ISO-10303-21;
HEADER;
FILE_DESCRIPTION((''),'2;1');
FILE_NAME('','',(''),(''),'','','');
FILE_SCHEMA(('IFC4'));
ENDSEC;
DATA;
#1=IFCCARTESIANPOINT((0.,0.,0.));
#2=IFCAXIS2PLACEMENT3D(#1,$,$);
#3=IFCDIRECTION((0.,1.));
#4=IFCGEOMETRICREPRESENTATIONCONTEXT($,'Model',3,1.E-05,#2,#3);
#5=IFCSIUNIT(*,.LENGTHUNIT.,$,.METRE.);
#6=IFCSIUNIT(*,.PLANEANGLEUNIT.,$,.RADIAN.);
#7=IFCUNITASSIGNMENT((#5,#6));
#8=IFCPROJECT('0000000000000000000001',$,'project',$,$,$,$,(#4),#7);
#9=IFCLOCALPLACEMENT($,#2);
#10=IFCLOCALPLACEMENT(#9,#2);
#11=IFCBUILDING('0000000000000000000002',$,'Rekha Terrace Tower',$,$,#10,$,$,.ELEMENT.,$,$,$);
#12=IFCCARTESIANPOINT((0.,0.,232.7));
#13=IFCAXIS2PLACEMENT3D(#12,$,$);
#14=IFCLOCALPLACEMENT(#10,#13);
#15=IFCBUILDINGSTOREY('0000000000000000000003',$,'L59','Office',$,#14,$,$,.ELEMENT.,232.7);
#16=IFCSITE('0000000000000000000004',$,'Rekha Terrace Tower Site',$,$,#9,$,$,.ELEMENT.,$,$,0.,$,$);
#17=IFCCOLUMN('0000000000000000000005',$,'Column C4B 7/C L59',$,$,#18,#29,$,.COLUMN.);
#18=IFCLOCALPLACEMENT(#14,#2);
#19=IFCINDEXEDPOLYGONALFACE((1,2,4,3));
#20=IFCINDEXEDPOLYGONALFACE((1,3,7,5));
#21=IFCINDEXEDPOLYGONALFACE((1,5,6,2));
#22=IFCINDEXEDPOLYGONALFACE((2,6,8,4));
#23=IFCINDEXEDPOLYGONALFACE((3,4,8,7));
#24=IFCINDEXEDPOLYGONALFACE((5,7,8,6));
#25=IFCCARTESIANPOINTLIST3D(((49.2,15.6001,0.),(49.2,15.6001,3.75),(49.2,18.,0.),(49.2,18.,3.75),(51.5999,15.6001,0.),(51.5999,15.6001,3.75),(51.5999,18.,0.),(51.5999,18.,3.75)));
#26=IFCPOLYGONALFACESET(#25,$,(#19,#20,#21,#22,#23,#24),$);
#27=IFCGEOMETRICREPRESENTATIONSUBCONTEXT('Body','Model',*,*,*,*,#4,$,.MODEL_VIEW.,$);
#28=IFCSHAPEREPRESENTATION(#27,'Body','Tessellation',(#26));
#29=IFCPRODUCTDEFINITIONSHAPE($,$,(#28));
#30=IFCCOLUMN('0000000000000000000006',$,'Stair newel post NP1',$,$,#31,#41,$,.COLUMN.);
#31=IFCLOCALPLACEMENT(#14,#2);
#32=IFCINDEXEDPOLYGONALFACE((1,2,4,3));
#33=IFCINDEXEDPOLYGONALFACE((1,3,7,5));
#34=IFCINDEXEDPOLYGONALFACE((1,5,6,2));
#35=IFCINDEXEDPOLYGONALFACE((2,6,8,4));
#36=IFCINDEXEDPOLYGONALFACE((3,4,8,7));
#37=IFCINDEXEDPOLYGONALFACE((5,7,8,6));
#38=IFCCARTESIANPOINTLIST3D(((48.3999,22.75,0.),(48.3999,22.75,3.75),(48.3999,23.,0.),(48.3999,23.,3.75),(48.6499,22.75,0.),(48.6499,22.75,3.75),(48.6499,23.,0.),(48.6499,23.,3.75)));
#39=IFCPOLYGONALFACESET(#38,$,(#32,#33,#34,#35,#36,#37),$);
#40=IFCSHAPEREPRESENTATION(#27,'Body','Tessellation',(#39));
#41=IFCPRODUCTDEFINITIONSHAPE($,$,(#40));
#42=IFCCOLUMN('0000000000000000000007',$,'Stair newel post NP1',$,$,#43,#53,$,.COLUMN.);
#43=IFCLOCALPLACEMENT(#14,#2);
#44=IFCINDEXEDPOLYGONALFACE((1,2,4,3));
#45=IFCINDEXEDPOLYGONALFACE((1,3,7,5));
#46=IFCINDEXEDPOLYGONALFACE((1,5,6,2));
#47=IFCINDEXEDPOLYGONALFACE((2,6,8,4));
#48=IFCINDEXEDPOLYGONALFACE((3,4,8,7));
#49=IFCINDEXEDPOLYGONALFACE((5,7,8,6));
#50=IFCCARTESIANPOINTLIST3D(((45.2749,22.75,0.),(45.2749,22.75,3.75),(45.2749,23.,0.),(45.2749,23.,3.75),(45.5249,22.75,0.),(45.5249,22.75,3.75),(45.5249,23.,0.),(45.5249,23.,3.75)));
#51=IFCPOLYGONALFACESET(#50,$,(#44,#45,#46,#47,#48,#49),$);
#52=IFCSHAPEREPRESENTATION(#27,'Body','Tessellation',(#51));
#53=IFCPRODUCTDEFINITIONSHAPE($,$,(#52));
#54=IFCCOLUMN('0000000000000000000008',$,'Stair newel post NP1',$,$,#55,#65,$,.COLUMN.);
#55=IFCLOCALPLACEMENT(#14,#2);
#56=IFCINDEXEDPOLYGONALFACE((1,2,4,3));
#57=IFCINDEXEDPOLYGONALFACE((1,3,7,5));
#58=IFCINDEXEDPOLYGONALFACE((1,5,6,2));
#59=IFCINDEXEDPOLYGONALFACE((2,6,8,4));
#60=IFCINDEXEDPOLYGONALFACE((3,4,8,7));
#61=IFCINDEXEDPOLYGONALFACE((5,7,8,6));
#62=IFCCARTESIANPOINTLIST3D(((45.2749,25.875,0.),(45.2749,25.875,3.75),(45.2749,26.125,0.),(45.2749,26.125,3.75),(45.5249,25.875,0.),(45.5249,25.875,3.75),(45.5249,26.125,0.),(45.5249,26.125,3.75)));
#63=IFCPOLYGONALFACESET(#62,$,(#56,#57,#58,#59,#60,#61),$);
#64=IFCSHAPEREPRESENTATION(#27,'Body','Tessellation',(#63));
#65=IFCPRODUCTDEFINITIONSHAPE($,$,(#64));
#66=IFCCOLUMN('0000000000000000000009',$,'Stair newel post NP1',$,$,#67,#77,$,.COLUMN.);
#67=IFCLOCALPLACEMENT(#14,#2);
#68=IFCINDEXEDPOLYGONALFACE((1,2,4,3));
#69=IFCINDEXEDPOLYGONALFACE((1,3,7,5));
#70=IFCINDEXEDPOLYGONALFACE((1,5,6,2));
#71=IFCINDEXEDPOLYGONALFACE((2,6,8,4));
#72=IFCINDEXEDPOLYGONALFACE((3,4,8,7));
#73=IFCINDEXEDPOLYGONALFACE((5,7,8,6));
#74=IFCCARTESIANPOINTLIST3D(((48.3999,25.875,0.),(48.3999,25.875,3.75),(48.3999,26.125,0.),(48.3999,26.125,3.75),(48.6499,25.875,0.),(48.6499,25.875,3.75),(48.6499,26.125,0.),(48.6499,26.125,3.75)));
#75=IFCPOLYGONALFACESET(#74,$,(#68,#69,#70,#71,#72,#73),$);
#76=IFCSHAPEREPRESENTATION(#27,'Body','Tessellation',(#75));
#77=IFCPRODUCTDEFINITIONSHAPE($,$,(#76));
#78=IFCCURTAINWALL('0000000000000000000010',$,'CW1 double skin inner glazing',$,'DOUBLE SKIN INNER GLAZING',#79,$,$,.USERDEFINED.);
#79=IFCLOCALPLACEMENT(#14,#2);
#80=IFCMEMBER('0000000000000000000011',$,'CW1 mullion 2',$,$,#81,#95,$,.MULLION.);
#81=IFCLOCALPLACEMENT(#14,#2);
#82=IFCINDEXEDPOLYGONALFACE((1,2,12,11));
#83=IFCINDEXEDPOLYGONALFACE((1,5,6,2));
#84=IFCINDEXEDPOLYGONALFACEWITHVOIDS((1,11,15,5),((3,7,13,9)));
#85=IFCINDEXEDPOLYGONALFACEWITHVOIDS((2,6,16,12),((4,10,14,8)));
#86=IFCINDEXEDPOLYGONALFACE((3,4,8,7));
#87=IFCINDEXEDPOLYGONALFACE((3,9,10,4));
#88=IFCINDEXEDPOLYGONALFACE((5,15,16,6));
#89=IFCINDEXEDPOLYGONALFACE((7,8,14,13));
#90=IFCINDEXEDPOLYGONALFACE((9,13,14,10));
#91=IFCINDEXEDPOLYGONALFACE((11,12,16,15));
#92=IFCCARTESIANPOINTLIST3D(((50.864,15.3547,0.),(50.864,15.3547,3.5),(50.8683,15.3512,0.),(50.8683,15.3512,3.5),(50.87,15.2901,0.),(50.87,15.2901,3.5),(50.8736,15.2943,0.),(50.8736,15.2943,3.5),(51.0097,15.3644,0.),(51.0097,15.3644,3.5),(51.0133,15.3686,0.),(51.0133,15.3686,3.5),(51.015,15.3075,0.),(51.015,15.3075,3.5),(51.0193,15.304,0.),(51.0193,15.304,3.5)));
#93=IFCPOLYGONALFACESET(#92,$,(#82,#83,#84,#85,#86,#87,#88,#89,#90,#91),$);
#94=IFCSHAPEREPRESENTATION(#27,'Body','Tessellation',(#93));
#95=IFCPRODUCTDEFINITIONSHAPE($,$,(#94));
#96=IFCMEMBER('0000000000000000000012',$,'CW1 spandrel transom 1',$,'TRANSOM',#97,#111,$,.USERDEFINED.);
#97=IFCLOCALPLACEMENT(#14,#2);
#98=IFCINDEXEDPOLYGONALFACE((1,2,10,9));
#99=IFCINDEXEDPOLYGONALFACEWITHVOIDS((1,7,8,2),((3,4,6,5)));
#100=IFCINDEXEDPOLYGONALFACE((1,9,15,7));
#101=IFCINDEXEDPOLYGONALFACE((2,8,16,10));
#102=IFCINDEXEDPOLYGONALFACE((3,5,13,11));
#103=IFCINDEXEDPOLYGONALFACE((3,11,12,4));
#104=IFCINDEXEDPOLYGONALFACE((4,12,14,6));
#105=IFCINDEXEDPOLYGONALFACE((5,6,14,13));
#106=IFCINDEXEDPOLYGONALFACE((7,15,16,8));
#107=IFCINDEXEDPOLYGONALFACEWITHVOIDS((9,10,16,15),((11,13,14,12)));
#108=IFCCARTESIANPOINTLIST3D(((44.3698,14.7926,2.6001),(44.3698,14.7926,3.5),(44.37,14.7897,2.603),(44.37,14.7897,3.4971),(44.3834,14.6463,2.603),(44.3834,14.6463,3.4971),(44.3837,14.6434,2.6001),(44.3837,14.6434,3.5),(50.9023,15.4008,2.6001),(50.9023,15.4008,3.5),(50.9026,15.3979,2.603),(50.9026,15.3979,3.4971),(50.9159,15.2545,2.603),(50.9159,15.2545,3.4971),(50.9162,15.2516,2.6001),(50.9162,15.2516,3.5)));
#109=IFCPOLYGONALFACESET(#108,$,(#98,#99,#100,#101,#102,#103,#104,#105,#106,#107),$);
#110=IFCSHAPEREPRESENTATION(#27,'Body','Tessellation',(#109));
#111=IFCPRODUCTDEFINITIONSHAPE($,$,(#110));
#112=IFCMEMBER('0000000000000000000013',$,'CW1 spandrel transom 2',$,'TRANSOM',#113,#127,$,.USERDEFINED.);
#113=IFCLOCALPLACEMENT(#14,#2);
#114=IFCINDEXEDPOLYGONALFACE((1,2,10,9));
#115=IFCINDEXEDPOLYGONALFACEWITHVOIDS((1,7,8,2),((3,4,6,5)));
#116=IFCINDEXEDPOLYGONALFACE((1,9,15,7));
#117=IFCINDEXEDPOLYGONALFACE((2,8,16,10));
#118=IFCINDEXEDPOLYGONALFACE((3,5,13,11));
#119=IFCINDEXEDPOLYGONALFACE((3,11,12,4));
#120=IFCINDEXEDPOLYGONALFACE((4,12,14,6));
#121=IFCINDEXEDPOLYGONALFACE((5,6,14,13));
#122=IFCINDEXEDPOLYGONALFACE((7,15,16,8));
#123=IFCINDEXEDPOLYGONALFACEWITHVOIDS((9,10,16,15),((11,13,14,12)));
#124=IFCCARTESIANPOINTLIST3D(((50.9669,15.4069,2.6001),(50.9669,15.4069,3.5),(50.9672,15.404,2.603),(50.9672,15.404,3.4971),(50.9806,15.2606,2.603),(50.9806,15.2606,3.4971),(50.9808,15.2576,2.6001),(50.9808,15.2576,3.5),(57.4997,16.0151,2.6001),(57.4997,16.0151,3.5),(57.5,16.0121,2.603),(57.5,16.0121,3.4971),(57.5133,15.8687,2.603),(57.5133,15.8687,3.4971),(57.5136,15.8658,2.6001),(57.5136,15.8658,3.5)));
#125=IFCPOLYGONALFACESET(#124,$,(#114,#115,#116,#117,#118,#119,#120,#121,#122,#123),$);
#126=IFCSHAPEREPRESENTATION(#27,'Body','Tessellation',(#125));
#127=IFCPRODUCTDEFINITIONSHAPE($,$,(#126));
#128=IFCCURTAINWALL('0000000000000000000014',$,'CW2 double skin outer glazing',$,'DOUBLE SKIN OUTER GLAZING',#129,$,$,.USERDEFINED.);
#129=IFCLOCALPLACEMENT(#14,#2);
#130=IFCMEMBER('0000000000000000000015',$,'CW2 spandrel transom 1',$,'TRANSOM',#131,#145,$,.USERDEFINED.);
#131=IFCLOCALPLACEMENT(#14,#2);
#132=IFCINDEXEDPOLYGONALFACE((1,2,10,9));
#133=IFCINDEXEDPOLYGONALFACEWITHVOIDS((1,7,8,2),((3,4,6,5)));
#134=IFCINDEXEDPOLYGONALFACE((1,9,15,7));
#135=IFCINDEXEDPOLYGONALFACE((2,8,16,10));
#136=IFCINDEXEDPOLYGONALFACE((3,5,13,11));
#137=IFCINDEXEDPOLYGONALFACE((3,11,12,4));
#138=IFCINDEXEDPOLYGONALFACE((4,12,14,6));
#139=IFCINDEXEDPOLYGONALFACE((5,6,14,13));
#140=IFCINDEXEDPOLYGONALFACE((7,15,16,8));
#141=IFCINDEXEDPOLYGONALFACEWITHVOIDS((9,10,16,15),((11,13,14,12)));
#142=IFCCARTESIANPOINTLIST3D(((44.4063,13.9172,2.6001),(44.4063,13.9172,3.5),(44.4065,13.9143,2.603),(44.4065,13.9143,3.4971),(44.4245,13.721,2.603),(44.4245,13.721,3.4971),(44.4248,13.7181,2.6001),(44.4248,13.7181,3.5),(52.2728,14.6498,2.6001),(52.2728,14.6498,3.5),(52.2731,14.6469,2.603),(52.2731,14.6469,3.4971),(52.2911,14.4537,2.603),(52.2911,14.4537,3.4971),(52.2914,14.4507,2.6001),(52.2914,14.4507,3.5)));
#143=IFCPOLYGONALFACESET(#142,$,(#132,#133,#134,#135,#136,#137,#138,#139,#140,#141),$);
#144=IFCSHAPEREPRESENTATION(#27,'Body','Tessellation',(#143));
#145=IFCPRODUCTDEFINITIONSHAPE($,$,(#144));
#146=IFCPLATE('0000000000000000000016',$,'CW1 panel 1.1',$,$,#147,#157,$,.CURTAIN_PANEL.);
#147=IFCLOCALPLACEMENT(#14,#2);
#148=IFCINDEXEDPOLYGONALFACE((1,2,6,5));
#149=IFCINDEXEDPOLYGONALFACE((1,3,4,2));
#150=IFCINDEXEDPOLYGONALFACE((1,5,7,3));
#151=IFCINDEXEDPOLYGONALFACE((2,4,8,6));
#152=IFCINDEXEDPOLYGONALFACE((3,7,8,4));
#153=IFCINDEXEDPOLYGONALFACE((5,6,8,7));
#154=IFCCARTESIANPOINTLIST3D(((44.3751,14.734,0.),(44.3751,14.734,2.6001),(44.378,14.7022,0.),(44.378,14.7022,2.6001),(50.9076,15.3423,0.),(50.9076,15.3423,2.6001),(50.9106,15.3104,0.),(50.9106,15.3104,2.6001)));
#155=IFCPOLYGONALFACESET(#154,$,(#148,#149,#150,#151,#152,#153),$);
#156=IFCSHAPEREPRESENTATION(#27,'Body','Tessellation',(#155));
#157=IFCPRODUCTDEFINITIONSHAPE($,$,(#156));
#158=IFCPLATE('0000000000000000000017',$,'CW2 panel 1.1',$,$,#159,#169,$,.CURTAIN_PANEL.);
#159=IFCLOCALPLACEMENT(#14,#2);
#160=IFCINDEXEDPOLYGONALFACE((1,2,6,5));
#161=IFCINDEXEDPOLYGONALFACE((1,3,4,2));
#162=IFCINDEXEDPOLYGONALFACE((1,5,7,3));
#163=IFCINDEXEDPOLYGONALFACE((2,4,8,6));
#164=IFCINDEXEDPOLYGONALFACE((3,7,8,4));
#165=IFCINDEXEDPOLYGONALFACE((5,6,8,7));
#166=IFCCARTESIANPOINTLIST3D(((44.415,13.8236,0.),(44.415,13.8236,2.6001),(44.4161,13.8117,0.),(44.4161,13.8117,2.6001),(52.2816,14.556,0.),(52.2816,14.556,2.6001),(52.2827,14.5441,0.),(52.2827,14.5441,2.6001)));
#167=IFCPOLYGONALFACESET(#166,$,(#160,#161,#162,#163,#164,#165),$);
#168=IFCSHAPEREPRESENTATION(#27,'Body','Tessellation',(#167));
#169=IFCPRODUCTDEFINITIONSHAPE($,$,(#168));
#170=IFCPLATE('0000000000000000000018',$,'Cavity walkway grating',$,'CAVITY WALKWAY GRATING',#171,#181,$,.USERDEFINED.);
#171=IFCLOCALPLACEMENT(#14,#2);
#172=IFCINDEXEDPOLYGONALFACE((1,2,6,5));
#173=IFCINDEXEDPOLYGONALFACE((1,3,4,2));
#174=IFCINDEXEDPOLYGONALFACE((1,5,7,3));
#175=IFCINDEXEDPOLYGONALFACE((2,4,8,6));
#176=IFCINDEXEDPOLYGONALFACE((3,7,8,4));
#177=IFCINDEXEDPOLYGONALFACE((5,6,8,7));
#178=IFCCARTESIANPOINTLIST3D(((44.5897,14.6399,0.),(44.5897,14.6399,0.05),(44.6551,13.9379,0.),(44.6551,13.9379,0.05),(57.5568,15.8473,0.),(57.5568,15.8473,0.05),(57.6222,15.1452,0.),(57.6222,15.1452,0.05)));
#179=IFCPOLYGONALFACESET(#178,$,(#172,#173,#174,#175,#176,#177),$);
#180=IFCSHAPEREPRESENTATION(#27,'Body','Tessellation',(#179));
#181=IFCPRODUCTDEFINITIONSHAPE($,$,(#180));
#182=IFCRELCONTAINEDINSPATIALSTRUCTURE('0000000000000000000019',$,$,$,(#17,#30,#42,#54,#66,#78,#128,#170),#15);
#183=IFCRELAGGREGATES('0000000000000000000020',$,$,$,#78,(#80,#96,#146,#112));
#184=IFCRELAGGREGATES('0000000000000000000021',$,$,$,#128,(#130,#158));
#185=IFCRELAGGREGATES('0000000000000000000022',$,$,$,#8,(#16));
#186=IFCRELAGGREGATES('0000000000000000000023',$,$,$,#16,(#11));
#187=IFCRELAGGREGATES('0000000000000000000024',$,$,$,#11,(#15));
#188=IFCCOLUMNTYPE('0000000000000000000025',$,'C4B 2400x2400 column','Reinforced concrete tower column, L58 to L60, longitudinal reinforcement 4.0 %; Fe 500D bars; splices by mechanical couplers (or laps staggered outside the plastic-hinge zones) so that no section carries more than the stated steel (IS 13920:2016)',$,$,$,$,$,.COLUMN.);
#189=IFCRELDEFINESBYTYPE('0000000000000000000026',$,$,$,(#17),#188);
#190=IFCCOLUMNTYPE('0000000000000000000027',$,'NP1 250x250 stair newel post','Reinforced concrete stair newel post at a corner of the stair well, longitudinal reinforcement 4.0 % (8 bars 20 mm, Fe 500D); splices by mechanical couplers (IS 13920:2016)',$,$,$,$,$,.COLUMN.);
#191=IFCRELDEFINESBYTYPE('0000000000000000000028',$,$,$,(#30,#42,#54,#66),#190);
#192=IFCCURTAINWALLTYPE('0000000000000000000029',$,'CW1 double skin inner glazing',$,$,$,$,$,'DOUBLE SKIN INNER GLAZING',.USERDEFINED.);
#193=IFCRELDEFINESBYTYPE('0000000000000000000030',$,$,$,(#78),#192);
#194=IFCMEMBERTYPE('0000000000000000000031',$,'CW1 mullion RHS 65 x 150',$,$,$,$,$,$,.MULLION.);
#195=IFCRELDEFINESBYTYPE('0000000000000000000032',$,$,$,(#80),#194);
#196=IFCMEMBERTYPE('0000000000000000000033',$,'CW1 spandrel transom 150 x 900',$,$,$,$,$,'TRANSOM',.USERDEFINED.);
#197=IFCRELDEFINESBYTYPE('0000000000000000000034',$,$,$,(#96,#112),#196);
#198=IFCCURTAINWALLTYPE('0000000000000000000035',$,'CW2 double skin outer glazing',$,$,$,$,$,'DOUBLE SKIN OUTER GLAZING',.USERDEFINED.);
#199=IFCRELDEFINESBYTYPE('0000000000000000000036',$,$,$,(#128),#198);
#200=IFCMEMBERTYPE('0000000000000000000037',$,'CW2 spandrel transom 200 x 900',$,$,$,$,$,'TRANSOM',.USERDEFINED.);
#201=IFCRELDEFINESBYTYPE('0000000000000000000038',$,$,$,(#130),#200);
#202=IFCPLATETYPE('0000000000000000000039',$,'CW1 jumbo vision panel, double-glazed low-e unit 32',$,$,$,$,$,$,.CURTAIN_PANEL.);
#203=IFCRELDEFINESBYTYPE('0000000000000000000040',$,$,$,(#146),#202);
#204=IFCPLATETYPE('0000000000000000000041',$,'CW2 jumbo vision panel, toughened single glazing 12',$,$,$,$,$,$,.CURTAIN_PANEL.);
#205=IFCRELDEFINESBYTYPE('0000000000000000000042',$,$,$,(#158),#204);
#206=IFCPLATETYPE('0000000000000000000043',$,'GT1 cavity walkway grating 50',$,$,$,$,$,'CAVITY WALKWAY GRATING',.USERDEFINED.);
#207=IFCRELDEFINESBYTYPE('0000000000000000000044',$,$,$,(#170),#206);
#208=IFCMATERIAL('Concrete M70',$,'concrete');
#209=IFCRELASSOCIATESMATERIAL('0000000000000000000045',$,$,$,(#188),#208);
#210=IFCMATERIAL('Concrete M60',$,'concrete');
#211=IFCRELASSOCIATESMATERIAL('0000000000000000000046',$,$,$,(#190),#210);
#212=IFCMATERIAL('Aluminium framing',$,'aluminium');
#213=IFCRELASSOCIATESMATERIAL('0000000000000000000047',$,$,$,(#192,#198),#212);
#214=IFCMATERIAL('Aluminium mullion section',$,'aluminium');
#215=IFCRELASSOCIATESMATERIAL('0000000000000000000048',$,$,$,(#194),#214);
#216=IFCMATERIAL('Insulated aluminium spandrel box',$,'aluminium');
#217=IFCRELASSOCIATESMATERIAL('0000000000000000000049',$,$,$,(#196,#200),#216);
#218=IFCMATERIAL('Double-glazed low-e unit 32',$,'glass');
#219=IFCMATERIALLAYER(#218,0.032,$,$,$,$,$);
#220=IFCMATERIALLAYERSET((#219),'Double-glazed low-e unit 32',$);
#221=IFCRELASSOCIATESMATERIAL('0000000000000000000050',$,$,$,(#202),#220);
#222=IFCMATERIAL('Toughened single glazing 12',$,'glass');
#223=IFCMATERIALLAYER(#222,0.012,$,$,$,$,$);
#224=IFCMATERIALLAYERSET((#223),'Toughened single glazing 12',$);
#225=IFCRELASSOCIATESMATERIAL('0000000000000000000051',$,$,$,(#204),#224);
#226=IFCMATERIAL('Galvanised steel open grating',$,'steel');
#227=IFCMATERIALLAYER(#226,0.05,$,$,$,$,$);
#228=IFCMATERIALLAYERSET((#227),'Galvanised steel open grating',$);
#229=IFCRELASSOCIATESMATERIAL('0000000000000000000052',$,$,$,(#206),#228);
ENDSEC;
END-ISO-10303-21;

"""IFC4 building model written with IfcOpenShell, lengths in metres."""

from ifc_helpers import new_model, si_unit, direction, frame, origin, origin_2d, place, context, subcontext, project, spatial, rectangle, hollow_rectangle, extrude, material, layer, layer_set, material_profile, profile_set, type_object, element, aggregate, save


model = new_model("IFC4")

# Units and contexts
model_context = context("Model", 3, precision=1e-05, world=origin(), true_north=direction((0.0, 1.0)))
body_context = subcontext(model_context, "Body", "Model", "MODEL_VIEW")
ifc_project = project(units=[si_unit("LENGTHUNIT", "METRE"), si_unit("PLANEANGLEUNIT", "RADIAN")], contexts=[model_context])

# Site, building, storey
site_placement = place(None, origin())
site = spatial("IfcSite", under=ifc_project, at=site_placement, Name="Rekha Terrace Tower Site", CompositionType="ELEMENT", RefElevation=0.0)
building_placement = place(site_placement, origin())
building = spatial("IfcBuilding", under=site, at=building_placement, Name="Rekha Terrace Tower", CompositionType="ELEMENT")
storey_placement = place(building_placement, frame((0.0, 0.0, 232.7)))
storey = spatial("IfcBuildingStorey", under=building, at=storey_placement, Name="L59", Description="Office", CompositionType="ELEMENT", Elevation=232.7)

# Columns
ifc_material_1 = material(Name="Concrete M70", Category="concrete")
ifc_material_profile_1 = material_profile(ifc_material_1, rectangle(XDim=2.3999, YDim=2.3999, at=origin_2d()), Name="RC 2400x2400")
ifc_profile_set_1 = profile_set([ifc_material_profile_1], Name="Concrete M70")
column_type_1 = type_object("IfcColumnType", Name="C4B 2400x2400 column", Description="Reinforced concrete tower column, L58 to L60, longitudinal reinforcement 4.0 %; Fe 500D bars; splices by mechanical couplers (or laps staggered outside the plastic-hinge zones) so that no section carries more than the stated steel (IS 13920:2016)", PredefinedType="COLUMN", material=ifc_profile_set_1)
column_placement = place(storey_placement, frame((50.3999, 16.8, 0.0), z_axis=(0.0, 0.0, 1.0), x_axis=(1.0, 0.0, 0.0)))
element("IfcColumn", 1, at=column_placement, inside=storey, type_object=column_type_1, Name="Column C4B 7/C L59", PredefinedType="COLUMN", context=body_context, shape_type="SweptSolid", body=[
    extrude(rectangle(XDim=2.3999, YDim=2.3999, at=origin_2d()), origin(), (0.0, 0.0, 1.0), 3.75),
])
ifc_material_2 = material(Name="Concrete M60", Category="concrete")
ifc_material_profile_2 = material_profile(ifc_material_2, rectangle(XDim=0.25, YDim=0.25, at=origin_2d()), Name="RC 250x250")
ifc_profile_set_2 = profile_set([ifc_material_profile_2], Name="Concrete M60")
column_type_2 = type_object("IfcColumnType", Name="NP1 250x250 stair newel post", Description="Reinforced concrete stair newel post at a corner of the stair well, longitudinal reinforcement 4.0 % (8 bars 20 mm, Fe 500D); splices by mechanical couplers (IS 13920:2016)", PredefinedType="COLUMN", material=ifc_profile_set_2)
for number, where, z_axis, x_axis, name in (
    (2, (48.5249, 22.875, 0.0), (0.0, 0.0, 1.0), (1.0, 0.0, 0.0), "Stair newel post NP1"),
    (3, (45.3999, 22.875, 0.0), (0.0, 0.0, 1.0), (1.0, 0.0, 0.0), "Stair newel post NP1"),
    (4, (45.3999, 26.0, 0.0), (0.0, 0.0, 1.0), (1.0, 0.0, 0.0), "Stair newel post NP1"),
    (5, (48.5249, 26.0, 0.0), (0.0, 0.0, 1.0), (1.0, 0.0, 0.0), "Stair newel post NP1"),
):
    element("IfcColumn", number, at=place(storey_placement, frame(where, z_axis=z_axis, x_axis=x_axis)), inside=storey, type_object=column_type_2, Name=name, PredefinedType="COLUMN", context=body_context, shape_type="SweptSolid", body=[
        extrude(rectangle(XDim=0.25, YDim=0.25, at=origin_2d()), origin(), (0.0, 0.0, 1.0), 3.75),
    ])

# Curtain wall, members
ifc_material_3 = material(Name="Aluminium framing", Category="aluminium")
curtain_wall_type_1 = type_object("IfcCurtainWallType", Name="CW1 double skin inner glazing", ElementType="DOUBLE SKIN INNER GLAZING", PredefinedType="USERDEFINED", material=ifc_material_3)
curtain_wall_1_placement = place(storey_placement, origin())
curtain_wall_1 = element("IfcCurtainWall", 6, at=curtain_wall_1_placement, inside=storey, type_object=curtain_wall_type_1, Name="CW1 double skin inner glazing", ObjectType="DOUBLE SKIN INNER GLAZING", PredefinedType="USERDEFINED")
ifc_material_4 = material(Name="Aluminium mullion section", Category="aluminium")
ifc_material_profile_3 = material_profile(ifc_material_4, hollow_rectangle(XDim=0.0649, YDim=0.1499, WallThickness=0.0039, at=origin_2d()), Name="AL RHS 65x150")
ifc_profile_set_3 = profile_set([ifc_material_profile_3], Name="Aluminium mullion section")
member_type_1 = type_object("IfcMemberType", Name="CW1 mullion RHS 65 x 150", PredefinedType="MULLION", material=ifc_profile_set_3)
member_1_placement = place(storey_placement, frame((50.9417, 15.3293, 0.0), z_axis=(0.0, 0.0, 1.0), x_axis=(-0.092709, 0.995693, 0.0)))
member_1 = element("IfcMember", 7, at=member_1_placement, type_object=member_type_1, Name="CW1 mullion 2", PredefinedType="MULLION", context=body_context, shape_type="SweptSolid", body=[
    extrude(hollow_rectangle(XDim=0.0649, YDim=0.1499, WallThickness=0.0039, at=origin_2d()), origin(), (0.0, 0.0, 1.0), 3.5),
])
ifc_material_5 = material(Name="Insulated aluminium spandrel box", Category="aluminium")
ifc_material_profile_4 = material_profile(ifc_material_5, hollow_rectangle(XDim=0.1499, YDim=0.8999, WallThickness=0.0029, at=origin_2d()), Name="AL SPANDREL BOX 150x900")
ifc_profile_set_4 = profile_set([ifc_material_profile_4], Name="Insulated aluminium spandrel box")
member_type_2 = type_object("IfcMemberType", Name="CW1 spandrel transom 150 x 900", ElementType="TRANSOM", PredefinedType="USERDEFINED", material=ifc_profile_set_4)
member_2_placement = place(storey_placement, frame((44.3767, 14.718, 3.05), z_axis=(0.995694, 0.092696, 0.0), x_axis=(-0.092696, 0.995694, 0.0)))
member_2 = element("IfcMember", 8, at=member_2_placement, type_object=member_type_2, Name="CW1 spandrel transom 1", ObjectType="TRANSOM", PredefinedType="USERDEFINED", context=body_context, shape_type="SweptSolid", body=[
    extrude(hollow_rectangle(XDim=0.1499, YDim=0.8999, WallThickness=0.0029, at=origin_2d()), origin(), (0.0, 0.0, 1.0), 6.5608),
])
member_3_placement = place(storey_placement, frame((50.9739, 15.3323, 3.05), z_axis=(0.995695, 0.092693, 0.0), x_axis=(-0.092693, 0.995695, 0.0)))
member_3 = element("IfcMember", 9, at=member_3_placement, type_object=member_type_2, Name="CW1 spandrel transom 2", ObjectType="TRANSOM", PredefinedType="USERDEFINED", context=body_context, shape_type="SweptSolid", body=[
    extrude(hollow_rectangle(XDim=0.1499, YDim=0.8999, WallThickness=0.0029, at=origin_2d()), origin(), (0.0, 0.0, 1.0), 6.561),
])

# Curtain wall, member
curtain_wall_type_2 = type_object("IfcCurtainWallType", Name="CW2 double skin outer glazing", ElementType="DOUBLE SKIN OUTER GLAZING", PredefinedType="USERDEFINED", material=ifc_material_3)
curtain_wall_2_placement = place(storey_placement, origin())
curtain_wall_2 = element("IfcCurtainWall", 10, at=curtain_wall_2_placement, inside=storey, type_object=curtain_wall_type_2, Name="CW2 double skin outer glazing", ObjectType="DOUBLE SKIN OUTER GLAZING", PredefinedType="USERDEFINED")
ifc_material_profile_5 = material_profile(ifc_material_5, hollow_rectangle(XDim=0.2, YDim=0.8999, WallThickness=0.0029, at=origin_2d()), Name="AL SPANDREL BOX 200x900")
ifc_profile_set_5 = profile_set([ifc_material_profile_5], Name="Insulated aluminium spandrel box")
member_type_3 = type_object("IfcMemberType", Name="CW2 spandrel transom 200 x 900", ElementType="TRANSOM", PredefinedType="USERDEFINED", material=ifc_profile_set_5)
member_4_placement = place(storey_placement, frame((44.4155, 13.8176, 3.05), z_axis=(0.995691, 0.092734, 0.0), x_axis=(-0.092734, 0.995691, 0.0)))
member_4 = element("IfcMember", 11, at=member_4_placement, type_object=member_type_3, Name="CW2 spandrel transom 1", ObjectType="TRANSOM", PredefinedType="USERDEFINED", context=body_context, shape_type="SweptSolid", body=[
    extrude(hollow_rectangle(XDim=0.2, YDim=0.8999, WallThickness=0.0029, at=origin_2d()), origin(), (0.0, 0.0, 1.0), 7.9006),
])

# Plates
ifc_material_6 = material(Name="Double-glazed low-e unit 32", Category="glass")
ifc_layer_1 = layer(ifc_material_6, 0.032)
ifc_layer_set_1 = layer_set([ifc_layer_1], Name="Double-glazed low-e unit 32")
plate_type_1 = type_object("IfcPlateType", Name="CW1 jumbo vision panel, double-glazed low-e unit 32", PredefinedType="CURTAIN_PANEL", material=ifc_layer_set_1)
plate_1_placement = place(storey_placement, frame((47.6428, 15.0222, 0.0), z_axis=(0.0, 0.0, 1.0), x_axis=(0.995693, 0.092709, 0.0)))
plate_1 = element("IfcPlate", 12, at=plate_1_placement, type_object=plate_type_1, Name="CW1 panel 1.1", PredefinedType="CURTAIN_PANEL", context=body_context, shape_type="SweptSolid", body=[
    extrude(rectangle(XDim=6.5608, YDim=0.032, at=origin_2d()), origin(), (0.0, 0.0, 1.0), 2.6001),
])
aggregate(curtain_wall_1, [member_1, member_2, plate_1, member_3])
ifc_material_7 = material(Name="Toughened single glazing 12", Category="glass")
ifc_layer_2 = layer(ifc_material_7, 0.012)
ifc_layer_set_2 = layer_set([ifc_layer_2], Name="Toughened single glazing 12")
plate_type_2 = type_object("IfcPlateType", Name="CW2 jumbo vision panel, toughened single glazing 12", PredefinedType="CURTAIN_PANEL", material=ifc_layer_set_2)
plate_2_placement = place(storey_placement, frame((48.3489, 14.1838, 0.0), z_axis=(0.0, 0.0, 1.0), x_axis=(0.995693, 0.092709, 0.0)))
plate_2 = element("IfcPlate", 13, at=plate_2_placement, type_object=plate_type_2, Name="CW2 panel 1.1", PredefinedType="CURTAIN_PANEL", context=body_context, shape_type="SweptSolid", body=[
    extrude(rectangle(XDim=7.9006, YDim=0.012, at=origin_2d()), origin(), (0.0, 0.0, 1.0), 2.6001),
])
aggregate(curtain_wall_2, [member_4, plate_2])
ifc_material_8 = material(Name="Galvanised steel open grating", Category="steel")
ifc_layer_3 = layer(ifc_material_8, 0.05)
ifc_layer_set_3 = layer_set([ifc_layer_3], Name="Galvanised steel open grating")
plate_type_3 = type_object("IfcPlateType", Name="GT1 cavity walkway grating 50", ElementType="CAVITY WALKWAY GRATING", PredefinedType="USERDEFINED", material=ifc_layer_set_3)
plate_3_placement = place(storey_placement, frame((51.106, 14.8926, 0.0), z_axis=(0.0, 0.0, 1.0), x_axis=(0.995693, 0.092709, 0.0)))
element("IfcPlate", 14, at=plate_3_placement, inside=storey, type_object=plate_type_3, Name="Cavity walkway grating", ObjectType="CAVITY WALKWAY GRATING", PredefinedType="USERDEFINED", context=body_context, shape_type="SweptSolid", body=[
    extrude(rectangle(XDim=13.0232, YDim=0.7051, at=origin_2d()), origin(), (0.0, 0.0, 1.0), 0.05),
])

save(model, "model.ifc")
